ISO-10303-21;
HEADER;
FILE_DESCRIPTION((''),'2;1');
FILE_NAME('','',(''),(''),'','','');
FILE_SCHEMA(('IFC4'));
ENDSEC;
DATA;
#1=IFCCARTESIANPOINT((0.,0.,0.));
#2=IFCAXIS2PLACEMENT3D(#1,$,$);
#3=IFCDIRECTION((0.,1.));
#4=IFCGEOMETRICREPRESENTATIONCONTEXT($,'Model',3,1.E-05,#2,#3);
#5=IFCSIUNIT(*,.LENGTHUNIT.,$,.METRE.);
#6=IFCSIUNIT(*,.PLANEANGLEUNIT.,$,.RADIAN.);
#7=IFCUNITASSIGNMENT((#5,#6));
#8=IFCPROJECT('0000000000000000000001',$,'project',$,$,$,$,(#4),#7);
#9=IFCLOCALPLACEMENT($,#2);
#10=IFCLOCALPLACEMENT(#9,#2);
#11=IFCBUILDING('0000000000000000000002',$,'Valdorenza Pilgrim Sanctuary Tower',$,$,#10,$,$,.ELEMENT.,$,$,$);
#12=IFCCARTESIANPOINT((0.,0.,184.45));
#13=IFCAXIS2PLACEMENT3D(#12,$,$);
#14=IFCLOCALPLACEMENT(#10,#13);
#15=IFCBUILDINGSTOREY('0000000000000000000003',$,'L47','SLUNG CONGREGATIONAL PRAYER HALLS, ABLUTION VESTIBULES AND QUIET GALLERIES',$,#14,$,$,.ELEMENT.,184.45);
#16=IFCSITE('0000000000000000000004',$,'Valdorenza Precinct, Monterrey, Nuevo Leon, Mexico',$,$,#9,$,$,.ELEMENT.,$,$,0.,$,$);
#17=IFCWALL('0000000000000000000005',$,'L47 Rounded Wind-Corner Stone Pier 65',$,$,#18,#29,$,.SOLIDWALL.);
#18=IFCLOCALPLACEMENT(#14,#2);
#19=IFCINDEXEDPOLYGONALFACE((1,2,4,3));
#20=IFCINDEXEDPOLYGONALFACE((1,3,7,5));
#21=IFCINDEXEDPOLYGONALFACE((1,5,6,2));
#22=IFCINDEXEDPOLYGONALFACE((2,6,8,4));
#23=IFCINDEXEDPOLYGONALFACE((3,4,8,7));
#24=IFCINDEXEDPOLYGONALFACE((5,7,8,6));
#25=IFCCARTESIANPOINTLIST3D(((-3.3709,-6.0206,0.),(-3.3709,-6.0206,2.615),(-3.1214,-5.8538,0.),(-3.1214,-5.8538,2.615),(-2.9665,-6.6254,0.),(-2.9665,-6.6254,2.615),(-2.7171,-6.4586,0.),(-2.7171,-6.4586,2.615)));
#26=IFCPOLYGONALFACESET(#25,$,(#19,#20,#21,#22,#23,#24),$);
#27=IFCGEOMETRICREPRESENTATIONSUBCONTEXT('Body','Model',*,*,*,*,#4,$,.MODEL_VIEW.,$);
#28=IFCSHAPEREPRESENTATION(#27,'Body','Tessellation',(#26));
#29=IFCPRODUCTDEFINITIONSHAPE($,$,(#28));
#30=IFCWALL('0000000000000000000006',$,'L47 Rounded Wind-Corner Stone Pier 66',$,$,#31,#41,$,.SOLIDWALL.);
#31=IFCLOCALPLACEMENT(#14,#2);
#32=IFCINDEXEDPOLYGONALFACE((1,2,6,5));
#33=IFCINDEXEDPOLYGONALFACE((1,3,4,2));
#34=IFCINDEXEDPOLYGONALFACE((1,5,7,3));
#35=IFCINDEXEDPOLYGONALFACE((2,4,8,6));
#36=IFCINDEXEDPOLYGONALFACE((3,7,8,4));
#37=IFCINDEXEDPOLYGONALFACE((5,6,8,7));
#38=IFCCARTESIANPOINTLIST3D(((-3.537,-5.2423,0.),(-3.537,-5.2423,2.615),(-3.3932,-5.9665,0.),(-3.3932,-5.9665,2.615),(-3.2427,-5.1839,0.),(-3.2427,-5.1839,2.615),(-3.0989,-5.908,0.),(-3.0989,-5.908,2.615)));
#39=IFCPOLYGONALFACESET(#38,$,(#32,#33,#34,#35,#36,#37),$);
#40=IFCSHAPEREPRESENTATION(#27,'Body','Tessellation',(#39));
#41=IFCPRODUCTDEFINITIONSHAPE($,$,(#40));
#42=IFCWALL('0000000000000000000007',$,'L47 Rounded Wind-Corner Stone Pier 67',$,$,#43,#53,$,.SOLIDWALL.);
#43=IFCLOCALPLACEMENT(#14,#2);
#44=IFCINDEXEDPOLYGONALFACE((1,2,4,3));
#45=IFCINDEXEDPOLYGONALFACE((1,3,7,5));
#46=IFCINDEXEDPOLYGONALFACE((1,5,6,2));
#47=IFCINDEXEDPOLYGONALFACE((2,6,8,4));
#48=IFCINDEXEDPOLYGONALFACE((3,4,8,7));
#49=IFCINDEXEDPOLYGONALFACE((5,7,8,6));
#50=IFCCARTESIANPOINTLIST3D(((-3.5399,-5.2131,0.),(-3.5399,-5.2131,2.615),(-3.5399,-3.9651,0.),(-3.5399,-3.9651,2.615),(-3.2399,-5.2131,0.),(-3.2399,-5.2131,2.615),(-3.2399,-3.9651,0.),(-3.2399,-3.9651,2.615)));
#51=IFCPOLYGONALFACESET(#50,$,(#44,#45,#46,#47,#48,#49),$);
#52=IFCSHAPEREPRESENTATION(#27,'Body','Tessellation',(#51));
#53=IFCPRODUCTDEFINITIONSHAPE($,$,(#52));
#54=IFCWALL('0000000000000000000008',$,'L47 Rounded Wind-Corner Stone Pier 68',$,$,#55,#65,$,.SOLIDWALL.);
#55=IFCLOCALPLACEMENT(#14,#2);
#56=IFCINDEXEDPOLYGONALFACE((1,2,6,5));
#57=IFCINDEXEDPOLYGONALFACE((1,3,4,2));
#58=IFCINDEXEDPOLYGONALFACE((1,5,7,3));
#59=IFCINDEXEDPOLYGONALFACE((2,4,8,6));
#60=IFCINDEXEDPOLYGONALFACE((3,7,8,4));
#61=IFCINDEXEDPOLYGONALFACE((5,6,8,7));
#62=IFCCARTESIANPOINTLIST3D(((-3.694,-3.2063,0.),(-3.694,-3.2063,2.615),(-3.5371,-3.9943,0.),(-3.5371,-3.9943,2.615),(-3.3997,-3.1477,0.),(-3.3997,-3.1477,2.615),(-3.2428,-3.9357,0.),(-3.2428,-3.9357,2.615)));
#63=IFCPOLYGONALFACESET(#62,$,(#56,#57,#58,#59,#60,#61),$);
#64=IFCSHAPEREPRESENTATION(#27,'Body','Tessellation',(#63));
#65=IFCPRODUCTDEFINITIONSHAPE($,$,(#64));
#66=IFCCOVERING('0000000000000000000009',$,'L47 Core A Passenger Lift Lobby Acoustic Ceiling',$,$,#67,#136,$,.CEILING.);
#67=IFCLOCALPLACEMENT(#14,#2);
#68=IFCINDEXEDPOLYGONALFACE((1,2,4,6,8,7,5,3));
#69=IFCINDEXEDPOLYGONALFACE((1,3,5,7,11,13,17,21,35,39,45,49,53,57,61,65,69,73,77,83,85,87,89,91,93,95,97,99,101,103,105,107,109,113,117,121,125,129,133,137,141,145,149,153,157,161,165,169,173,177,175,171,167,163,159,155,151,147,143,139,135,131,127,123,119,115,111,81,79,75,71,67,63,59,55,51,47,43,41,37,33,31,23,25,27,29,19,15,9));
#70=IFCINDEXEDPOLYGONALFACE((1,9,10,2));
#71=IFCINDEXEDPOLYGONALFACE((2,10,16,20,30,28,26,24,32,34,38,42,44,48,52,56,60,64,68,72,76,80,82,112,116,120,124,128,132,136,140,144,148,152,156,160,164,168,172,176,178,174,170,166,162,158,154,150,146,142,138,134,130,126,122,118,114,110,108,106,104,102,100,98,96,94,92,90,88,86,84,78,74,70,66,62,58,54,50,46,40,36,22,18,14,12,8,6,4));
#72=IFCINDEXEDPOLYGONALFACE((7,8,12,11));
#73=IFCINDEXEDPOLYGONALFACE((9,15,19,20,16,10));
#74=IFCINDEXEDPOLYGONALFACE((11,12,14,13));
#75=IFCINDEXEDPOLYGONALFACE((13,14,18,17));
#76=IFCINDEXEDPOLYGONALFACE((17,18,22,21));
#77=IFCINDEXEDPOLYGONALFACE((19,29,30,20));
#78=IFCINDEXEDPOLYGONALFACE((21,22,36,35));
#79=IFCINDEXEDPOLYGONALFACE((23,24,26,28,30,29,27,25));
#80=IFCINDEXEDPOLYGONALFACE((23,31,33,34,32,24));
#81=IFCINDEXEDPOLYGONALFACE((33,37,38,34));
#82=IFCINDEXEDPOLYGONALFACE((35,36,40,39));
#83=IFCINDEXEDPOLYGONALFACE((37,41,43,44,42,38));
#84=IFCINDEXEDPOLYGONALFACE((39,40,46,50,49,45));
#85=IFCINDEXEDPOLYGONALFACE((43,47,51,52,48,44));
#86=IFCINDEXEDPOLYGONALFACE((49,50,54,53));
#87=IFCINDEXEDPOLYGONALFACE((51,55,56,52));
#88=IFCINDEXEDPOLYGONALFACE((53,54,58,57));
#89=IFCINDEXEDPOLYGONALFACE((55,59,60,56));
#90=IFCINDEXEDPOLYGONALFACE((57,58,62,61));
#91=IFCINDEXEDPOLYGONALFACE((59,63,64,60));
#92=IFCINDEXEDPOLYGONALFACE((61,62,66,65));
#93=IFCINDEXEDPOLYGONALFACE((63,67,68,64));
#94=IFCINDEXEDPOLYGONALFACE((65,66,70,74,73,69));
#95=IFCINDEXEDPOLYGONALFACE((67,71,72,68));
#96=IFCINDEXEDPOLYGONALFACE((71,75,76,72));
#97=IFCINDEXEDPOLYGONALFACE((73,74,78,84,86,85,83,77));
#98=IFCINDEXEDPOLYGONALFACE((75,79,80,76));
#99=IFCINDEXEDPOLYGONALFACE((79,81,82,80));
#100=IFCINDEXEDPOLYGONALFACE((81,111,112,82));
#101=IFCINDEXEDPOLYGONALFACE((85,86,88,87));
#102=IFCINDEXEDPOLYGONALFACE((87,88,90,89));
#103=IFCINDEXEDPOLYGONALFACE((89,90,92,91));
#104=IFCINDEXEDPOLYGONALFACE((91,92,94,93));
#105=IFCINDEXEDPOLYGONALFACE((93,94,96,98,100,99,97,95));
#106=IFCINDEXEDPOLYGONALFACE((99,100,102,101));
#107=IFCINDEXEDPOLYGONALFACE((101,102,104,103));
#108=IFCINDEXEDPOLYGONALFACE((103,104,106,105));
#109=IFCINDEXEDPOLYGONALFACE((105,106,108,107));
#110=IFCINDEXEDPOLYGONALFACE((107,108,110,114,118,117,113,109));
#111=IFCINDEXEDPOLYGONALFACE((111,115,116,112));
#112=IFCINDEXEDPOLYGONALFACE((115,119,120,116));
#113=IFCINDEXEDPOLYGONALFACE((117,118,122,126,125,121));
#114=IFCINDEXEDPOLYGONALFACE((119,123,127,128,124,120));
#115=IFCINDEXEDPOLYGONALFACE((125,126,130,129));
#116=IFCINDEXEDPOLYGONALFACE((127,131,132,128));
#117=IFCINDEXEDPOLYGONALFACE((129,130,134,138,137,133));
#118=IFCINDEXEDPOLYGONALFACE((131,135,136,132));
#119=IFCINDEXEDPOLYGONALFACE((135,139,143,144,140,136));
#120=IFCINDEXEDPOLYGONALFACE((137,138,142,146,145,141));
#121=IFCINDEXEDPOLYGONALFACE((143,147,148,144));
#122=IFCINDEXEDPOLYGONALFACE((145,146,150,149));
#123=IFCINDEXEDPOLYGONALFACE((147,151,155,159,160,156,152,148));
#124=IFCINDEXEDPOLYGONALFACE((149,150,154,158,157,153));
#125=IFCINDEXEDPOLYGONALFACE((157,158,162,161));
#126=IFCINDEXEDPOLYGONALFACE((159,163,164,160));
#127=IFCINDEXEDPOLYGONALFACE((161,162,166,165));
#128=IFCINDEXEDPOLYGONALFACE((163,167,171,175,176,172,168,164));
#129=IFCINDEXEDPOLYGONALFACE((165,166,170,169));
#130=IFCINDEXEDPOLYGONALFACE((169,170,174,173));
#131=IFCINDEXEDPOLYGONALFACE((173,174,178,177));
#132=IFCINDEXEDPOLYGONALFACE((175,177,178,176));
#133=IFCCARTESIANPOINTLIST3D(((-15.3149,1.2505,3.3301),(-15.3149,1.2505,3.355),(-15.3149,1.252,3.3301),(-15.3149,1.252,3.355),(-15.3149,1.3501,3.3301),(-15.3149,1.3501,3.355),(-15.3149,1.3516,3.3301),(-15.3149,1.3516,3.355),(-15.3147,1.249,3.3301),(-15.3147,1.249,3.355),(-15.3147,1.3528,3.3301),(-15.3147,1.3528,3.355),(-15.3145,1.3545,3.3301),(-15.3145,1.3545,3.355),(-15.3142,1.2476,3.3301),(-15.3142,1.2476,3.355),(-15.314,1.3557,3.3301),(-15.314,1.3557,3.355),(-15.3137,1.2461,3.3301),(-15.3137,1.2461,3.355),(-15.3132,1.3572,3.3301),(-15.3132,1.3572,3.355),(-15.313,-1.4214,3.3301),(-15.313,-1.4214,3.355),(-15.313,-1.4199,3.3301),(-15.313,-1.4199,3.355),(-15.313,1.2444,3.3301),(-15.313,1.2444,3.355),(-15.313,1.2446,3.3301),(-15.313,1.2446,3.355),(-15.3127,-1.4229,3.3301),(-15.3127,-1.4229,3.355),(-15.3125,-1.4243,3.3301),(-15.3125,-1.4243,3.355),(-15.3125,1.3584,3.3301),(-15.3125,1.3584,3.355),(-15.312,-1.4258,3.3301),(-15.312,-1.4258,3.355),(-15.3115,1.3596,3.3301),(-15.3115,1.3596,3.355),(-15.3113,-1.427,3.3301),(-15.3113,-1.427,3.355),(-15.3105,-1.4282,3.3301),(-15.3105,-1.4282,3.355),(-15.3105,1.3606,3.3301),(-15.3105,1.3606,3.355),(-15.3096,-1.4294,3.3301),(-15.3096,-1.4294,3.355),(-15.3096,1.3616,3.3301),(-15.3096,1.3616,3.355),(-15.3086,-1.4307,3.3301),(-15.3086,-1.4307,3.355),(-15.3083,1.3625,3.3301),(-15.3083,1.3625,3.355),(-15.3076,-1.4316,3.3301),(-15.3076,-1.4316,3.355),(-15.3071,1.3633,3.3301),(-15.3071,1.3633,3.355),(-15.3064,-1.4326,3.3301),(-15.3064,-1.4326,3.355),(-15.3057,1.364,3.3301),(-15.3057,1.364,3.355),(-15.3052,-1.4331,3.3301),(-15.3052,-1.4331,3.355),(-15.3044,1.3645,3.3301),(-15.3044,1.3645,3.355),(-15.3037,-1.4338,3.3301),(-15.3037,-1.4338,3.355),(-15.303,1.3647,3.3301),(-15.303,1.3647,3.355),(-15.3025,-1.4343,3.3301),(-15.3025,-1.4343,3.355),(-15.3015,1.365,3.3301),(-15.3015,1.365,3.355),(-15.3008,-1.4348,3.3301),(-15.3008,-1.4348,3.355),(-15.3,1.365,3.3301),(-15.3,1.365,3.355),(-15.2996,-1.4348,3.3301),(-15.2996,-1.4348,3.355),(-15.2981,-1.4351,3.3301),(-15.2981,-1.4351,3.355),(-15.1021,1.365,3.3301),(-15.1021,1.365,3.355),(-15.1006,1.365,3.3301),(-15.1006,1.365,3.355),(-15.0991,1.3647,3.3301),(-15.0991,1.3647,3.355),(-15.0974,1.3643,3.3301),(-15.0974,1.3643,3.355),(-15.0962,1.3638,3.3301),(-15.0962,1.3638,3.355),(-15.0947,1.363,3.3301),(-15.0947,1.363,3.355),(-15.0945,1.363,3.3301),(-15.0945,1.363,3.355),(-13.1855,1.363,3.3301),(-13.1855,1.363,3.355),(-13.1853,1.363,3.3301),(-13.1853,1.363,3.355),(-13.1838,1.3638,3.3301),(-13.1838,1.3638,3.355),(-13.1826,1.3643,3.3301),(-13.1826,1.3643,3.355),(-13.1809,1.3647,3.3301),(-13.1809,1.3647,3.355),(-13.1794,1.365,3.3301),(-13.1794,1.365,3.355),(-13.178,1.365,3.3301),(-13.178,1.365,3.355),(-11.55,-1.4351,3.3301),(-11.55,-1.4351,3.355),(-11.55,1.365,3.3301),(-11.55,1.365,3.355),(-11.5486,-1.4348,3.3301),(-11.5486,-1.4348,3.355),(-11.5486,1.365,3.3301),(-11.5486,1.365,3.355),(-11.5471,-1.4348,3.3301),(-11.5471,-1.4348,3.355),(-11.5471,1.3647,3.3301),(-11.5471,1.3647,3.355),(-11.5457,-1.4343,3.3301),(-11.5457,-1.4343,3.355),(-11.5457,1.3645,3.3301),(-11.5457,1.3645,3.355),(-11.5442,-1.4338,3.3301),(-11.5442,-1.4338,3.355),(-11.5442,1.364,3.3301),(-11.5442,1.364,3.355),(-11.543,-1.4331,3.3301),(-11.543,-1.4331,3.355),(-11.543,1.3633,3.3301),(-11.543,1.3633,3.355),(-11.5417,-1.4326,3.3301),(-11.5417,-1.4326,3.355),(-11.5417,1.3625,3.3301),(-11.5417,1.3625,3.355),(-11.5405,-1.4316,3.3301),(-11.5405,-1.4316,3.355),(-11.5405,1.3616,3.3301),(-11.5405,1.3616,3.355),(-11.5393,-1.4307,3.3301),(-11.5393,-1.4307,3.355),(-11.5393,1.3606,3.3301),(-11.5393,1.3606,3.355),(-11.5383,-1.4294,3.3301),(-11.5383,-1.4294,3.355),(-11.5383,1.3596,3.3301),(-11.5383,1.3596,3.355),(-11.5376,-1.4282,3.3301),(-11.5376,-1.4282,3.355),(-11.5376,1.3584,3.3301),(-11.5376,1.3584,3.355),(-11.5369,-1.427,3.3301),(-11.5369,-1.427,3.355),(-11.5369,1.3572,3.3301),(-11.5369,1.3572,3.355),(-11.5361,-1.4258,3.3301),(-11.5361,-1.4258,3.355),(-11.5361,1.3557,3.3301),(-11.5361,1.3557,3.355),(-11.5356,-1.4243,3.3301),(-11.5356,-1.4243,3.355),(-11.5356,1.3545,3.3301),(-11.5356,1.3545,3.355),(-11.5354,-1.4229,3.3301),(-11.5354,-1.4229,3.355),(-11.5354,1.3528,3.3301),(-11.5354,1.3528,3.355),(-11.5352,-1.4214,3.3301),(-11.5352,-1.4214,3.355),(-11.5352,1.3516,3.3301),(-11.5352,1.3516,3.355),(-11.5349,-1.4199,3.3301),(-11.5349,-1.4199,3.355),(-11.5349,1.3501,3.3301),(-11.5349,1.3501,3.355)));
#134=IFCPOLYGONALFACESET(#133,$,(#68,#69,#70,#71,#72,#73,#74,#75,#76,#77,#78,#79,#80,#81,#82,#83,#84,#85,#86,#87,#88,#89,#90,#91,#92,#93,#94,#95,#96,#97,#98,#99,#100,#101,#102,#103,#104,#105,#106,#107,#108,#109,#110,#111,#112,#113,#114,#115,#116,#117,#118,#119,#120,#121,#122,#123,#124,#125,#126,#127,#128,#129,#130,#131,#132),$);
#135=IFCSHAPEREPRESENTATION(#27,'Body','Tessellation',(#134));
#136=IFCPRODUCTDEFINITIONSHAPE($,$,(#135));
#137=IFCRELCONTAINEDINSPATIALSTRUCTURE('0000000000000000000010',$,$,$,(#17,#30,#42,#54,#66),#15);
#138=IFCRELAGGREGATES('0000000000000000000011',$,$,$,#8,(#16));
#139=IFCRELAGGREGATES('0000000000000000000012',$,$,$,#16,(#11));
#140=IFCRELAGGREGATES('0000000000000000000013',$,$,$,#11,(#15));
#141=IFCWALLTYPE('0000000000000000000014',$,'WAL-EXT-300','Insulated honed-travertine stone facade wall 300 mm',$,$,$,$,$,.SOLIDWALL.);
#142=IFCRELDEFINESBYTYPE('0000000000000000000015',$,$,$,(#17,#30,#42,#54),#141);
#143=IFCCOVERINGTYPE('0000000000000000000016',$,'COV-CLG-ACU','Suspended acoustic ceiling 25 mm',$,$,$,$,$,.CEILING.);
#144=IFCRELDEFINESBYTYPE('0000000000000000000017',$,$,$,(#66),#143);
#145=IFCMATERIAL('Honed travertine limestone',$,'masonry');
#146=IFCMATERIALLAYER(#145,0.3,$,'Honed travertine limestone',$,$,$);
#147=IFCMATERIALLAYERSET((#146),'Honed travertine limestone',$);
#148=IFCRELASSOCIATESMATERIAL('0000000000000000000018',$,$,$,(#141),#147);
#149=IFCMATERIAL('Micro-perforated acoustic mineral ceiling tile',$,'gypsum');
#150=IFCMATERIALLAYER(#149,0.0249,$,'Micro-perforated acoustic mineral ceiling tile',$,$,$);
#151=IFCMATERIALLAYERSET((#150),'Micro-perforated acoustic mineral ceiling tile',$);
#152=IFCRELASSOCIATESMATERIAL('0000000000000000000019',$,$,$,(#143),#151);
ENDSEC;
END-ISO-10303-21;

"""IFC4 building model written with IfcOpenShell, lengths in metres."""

from ifc_helpers import new_model, si_unit, direction, frame, frame_2d, origin, place, context, subcontext, project, spatial, polyline, rectangle, outline, extrude, material, layer, layer_set, type_object, element, save


model = new_model("IFC4")

# Units and contexts
model_context = context("Model", 3, precision=1e-05, world=origin(), true_north=direction((0.0, 1.0)))
body_context = subcontext(model_context, "Body", "Model", "MODEL_VIEW")
ifc_project = project(units=[si_unit("LENGTHUNIT", "METRE"), si_unit("PLANEANGLEUNIT", "RADIAN")], contexts=[model_context])

# Site, building, storey
site_placement = place(None, origin())
site = spatial("IfcSite", under=ifc_project, at=site_placement, Name="Valdorenza Precinct, Monterrey, Nuevo Leon, Mexico", CompositionType="ELEMENT", RefElevation=0.0)
building_placement = place(site_placement, origin())
building = spatial("IfcBuilding", under=site, at=building_placement, Name="Valdorenza Pilgrim Sanctuary Tower", CompositionType="ELEMENT")
storey_placement = place(building_placement, frame((0.0, 0.0, 184.45)))
storey = spatial("IfcBuildingStorey", under=building, at=storey_placement, Name="L47", Description="SLUNG CONGREGATIONAL PRAYER HALLS, ABLUTION VESTIBULES AND QUIET GALLERIES", CompositionType="ELEMENT", Elevation=184.45)

# Walls
ifc_material_1 = material(Name="Honed travertine limestone", Category="masonry")
ifc_layer_1 = layer(ifc_material_1, 0.3, Name="Honed travertine limestone")
ifc_layer_set_1 = layer_set([ifc_layer_1], Name="Honed travertine limestone")
wall_type = type_object("IfcWallType", Name="WAL-EXT-300", Description="Insulated honed-travertine stone facade wall 300 mm", PredefinedType="SOLIDWALL", material=ifc_layer_set_1)
wall_1_placement = place(storey_placement, frame((-2.8418, -6.542, 0.0), z_axis=(0.0, 0.0, 1.0), x_axis=(-0.555784, 0.831327, 0.0)))
element("IfcWall", 1, at=wall_1_placement, inside=storey, type_object=wall_type, Name="L47 Rounded Wind-Corner Stone Pier 65", PredefinedType="SOLIDWALL", context=body_context, shape_type="SweptSolid", body=[
    extrude(rectangle(XDim=0.7275, YDim=0.3, at=frame_2d((0.3638, 0.0))), origin(), (0.0, 0.0, 1.0), 2.615),
])
wall_2_placement = place(storey_placement, frame((-3.2461, -5.9373, 0.0), z_axis=(0.0, 0.0, 1.0), x_axis=(-0.19478, 0.980847, 0.0)))
element("IfcWall", 2, at=wall_2_placement, inside=storey, type_object=wall_type, Name="L47 Rounded Wind-Corner Stone Pier 66", PredefinedType="SOLIDWALL", context=body_context, shape_type="SweptSolid", body=[
    extrude(rectangle(XDim=0.7383, YDim=0.3, at=frame_2d((0.3691, 0.0))), origin(), (0.0, 0.0, 1.0), 2.615),
])
wall_3_placement = place(storey_placement, frame((-3.3899, -5.2131, 0.0), z_axis=(0.0, 0.0, 1.0), x_axis=(0.0, 1.0, 0.0)))
element("IfcWall", 3, at=wall_3_placement, inside=storey, type_object=wall_type, Name="L47 Rounded Wind-Corner Stone Pier 67", PredefinedType="SOLIDWALL", context=body_context, shape_type="SweptSolid", body=[
    extrude(rectangle(XDim=1.248, YDim=0.3, at=frame_2d((0.624, 0.0))), origin(), (0.0, 0.0, 1.0), 2.615),
])
wall_4_placement = place(storey_placement, frame((-3.3899, -3.9651, 0.0), z_axis=(0.0, 0.0, 1.0), x_axis=(-0.195357, 0.980732, 0.0)))
element("IfcWall", 4, at=wall_4_placement, inside=storey, type_object=wall_type, Name="L47 Rounded Wind-Corner Stone Pier 68", PredefinedType="SOLIDWALL", context=body_context, shape_type="SweptSolid", body=[
    extrude(rectangle(XDim=0.8035, YDim=0.3, at=frame_2d((0.4019, 0.0))), origin(), (0.0, 0.0, 1.0), 2.615),
])

# Covering
ifc_material_2 = material(Name="Micro-perforated acoustic mineral ceiling tile", Category="gypsum")
ifc_layer_2 = layer(ifc_material_2, 0.0249, Name="Micro-perforated acoustic mineral ceiling tile")
ifc_layer_set_2 = layer_set([ifc_layer_2], Name="Micro-perforated acoustic mineral ceiling tile")
covering_type_1 = type_object("IfcCoveringType", Name="COV-CLG-ACU", Description="Suspended acoustic ceiling 25 mm", PredefinedType="CEILING", material=ifc_layer_set_2)
covering_1_placement = place(storey_placement, frame((0.0, 0.0, 3.3301)))
element("IfcCovering", 5, at=covering_1_placement, inside=storey, type_object=covering_type_1, Name="L47 Core A Passenger Lift Lobby Acoustic Ceiling", PredefinedType="CEILING", context=body_context, shape_type="SweptSolid", body=[
    extrude(outline(polyline([(-15.313, 1.2444), (-15.313, 1.2446), (-15.3137, 1.2461), (-15.3142, 1.2476), (-15.3147, 1.249), (-15.3149, 1.2505), (-15.3149, 1.252), (-15.3149, 1.3501), (-15.3149, 1.3516), (-15.3147, 1.3528), (-15.3145, 1.3545), (-15.314, 1.3557), (-15.3132, 1.3572), (-15.3125, 1.3584), (-15.3115, 1.3596), (-15.3105, 1.3606), (-15.3096, 1.3616), (-15.3083, 1.3625), (-15.3071, 1.3633), (-15.3057, 1.364), (-15.3044, 1.3645), (-15.303, 1.3647), (-15.3015, 1.365), (-15.3, 1.365), (-15.1021, 1.365), (-15.1006, 1.365), (-15.0991, 1.3647), (-15.0974, 1.3643), (-15.0962, 1.3638), (-15.0947, 1.363), (-15.0945, 1.363), (-13.1855, 1.363), (-13.1853, 1.363), (-13.1838, 1.3638), (-13.1826, 1.3643), (-13.1809, 1.3647), (-13.1794, 1.365), (-13.178, 1.365), (-11.55, 1.365), (-11.5486, 1.365), (-11.5471, 1.3647), (-11.5457, 1.3645), (-11.5442, 1.364), (-11.543, 1.3633), (-11.5417, 1.3625), (-11.5405, 1.3616), (-11.5393, 1.3606), (-11.5383, 1.3596), (-11.5376, 1.3584), (-11.5369, 1.3572), (-11.5361, 1.3557), (-11.5356, 1.3545), (-11.5354, 1.3528), (-11.5352, 1.3516), (-11.5349, 1.3501), (-11.5349, -1.4199), (-11.5352, -1.4214), (-11.5354, -1.4229), (-11.5356, -1.4243), (-11.5361, -1.4258), (-11.5369, -1.427), (-11.5376, -1.4282), (-11.5383, -1.4294), (-11.5393, -1.4307), (-11.5405, -1.4316), (-11.5417, -1.4326), (-11.543, -1.4331), (-11.5442, -1.4338), (-11.5457, -1.4343), (-11.5471, -1.4348), (-11.5486, -1.4348), (-11.55, -1.4351), (-15.2981, -1.4351), (-15.2996, -1.4348), (-15.3008, -1.4348), (-15.3025, -1.4343), (-15.3037, -1.4338), (-15.3052, -1.4331), (-15.3064, -1.4326), (-15.3076, -1.4316), (-15.3086, -1.4307), (-15.3096, -1.4294), (-15.3105, -1.4282), (-15.3113, -1.427), (-15.312, -1.4258), (-15.3125, -1.4243), (-15.3127, -1.4229), (-15.313, -1.4214), (-15.313, -1.4199), (-15.313, 1.2444)])), origin(), (0.0, 0.0, 1.0), 0.0249),
])

save(model, "model.ifc")
